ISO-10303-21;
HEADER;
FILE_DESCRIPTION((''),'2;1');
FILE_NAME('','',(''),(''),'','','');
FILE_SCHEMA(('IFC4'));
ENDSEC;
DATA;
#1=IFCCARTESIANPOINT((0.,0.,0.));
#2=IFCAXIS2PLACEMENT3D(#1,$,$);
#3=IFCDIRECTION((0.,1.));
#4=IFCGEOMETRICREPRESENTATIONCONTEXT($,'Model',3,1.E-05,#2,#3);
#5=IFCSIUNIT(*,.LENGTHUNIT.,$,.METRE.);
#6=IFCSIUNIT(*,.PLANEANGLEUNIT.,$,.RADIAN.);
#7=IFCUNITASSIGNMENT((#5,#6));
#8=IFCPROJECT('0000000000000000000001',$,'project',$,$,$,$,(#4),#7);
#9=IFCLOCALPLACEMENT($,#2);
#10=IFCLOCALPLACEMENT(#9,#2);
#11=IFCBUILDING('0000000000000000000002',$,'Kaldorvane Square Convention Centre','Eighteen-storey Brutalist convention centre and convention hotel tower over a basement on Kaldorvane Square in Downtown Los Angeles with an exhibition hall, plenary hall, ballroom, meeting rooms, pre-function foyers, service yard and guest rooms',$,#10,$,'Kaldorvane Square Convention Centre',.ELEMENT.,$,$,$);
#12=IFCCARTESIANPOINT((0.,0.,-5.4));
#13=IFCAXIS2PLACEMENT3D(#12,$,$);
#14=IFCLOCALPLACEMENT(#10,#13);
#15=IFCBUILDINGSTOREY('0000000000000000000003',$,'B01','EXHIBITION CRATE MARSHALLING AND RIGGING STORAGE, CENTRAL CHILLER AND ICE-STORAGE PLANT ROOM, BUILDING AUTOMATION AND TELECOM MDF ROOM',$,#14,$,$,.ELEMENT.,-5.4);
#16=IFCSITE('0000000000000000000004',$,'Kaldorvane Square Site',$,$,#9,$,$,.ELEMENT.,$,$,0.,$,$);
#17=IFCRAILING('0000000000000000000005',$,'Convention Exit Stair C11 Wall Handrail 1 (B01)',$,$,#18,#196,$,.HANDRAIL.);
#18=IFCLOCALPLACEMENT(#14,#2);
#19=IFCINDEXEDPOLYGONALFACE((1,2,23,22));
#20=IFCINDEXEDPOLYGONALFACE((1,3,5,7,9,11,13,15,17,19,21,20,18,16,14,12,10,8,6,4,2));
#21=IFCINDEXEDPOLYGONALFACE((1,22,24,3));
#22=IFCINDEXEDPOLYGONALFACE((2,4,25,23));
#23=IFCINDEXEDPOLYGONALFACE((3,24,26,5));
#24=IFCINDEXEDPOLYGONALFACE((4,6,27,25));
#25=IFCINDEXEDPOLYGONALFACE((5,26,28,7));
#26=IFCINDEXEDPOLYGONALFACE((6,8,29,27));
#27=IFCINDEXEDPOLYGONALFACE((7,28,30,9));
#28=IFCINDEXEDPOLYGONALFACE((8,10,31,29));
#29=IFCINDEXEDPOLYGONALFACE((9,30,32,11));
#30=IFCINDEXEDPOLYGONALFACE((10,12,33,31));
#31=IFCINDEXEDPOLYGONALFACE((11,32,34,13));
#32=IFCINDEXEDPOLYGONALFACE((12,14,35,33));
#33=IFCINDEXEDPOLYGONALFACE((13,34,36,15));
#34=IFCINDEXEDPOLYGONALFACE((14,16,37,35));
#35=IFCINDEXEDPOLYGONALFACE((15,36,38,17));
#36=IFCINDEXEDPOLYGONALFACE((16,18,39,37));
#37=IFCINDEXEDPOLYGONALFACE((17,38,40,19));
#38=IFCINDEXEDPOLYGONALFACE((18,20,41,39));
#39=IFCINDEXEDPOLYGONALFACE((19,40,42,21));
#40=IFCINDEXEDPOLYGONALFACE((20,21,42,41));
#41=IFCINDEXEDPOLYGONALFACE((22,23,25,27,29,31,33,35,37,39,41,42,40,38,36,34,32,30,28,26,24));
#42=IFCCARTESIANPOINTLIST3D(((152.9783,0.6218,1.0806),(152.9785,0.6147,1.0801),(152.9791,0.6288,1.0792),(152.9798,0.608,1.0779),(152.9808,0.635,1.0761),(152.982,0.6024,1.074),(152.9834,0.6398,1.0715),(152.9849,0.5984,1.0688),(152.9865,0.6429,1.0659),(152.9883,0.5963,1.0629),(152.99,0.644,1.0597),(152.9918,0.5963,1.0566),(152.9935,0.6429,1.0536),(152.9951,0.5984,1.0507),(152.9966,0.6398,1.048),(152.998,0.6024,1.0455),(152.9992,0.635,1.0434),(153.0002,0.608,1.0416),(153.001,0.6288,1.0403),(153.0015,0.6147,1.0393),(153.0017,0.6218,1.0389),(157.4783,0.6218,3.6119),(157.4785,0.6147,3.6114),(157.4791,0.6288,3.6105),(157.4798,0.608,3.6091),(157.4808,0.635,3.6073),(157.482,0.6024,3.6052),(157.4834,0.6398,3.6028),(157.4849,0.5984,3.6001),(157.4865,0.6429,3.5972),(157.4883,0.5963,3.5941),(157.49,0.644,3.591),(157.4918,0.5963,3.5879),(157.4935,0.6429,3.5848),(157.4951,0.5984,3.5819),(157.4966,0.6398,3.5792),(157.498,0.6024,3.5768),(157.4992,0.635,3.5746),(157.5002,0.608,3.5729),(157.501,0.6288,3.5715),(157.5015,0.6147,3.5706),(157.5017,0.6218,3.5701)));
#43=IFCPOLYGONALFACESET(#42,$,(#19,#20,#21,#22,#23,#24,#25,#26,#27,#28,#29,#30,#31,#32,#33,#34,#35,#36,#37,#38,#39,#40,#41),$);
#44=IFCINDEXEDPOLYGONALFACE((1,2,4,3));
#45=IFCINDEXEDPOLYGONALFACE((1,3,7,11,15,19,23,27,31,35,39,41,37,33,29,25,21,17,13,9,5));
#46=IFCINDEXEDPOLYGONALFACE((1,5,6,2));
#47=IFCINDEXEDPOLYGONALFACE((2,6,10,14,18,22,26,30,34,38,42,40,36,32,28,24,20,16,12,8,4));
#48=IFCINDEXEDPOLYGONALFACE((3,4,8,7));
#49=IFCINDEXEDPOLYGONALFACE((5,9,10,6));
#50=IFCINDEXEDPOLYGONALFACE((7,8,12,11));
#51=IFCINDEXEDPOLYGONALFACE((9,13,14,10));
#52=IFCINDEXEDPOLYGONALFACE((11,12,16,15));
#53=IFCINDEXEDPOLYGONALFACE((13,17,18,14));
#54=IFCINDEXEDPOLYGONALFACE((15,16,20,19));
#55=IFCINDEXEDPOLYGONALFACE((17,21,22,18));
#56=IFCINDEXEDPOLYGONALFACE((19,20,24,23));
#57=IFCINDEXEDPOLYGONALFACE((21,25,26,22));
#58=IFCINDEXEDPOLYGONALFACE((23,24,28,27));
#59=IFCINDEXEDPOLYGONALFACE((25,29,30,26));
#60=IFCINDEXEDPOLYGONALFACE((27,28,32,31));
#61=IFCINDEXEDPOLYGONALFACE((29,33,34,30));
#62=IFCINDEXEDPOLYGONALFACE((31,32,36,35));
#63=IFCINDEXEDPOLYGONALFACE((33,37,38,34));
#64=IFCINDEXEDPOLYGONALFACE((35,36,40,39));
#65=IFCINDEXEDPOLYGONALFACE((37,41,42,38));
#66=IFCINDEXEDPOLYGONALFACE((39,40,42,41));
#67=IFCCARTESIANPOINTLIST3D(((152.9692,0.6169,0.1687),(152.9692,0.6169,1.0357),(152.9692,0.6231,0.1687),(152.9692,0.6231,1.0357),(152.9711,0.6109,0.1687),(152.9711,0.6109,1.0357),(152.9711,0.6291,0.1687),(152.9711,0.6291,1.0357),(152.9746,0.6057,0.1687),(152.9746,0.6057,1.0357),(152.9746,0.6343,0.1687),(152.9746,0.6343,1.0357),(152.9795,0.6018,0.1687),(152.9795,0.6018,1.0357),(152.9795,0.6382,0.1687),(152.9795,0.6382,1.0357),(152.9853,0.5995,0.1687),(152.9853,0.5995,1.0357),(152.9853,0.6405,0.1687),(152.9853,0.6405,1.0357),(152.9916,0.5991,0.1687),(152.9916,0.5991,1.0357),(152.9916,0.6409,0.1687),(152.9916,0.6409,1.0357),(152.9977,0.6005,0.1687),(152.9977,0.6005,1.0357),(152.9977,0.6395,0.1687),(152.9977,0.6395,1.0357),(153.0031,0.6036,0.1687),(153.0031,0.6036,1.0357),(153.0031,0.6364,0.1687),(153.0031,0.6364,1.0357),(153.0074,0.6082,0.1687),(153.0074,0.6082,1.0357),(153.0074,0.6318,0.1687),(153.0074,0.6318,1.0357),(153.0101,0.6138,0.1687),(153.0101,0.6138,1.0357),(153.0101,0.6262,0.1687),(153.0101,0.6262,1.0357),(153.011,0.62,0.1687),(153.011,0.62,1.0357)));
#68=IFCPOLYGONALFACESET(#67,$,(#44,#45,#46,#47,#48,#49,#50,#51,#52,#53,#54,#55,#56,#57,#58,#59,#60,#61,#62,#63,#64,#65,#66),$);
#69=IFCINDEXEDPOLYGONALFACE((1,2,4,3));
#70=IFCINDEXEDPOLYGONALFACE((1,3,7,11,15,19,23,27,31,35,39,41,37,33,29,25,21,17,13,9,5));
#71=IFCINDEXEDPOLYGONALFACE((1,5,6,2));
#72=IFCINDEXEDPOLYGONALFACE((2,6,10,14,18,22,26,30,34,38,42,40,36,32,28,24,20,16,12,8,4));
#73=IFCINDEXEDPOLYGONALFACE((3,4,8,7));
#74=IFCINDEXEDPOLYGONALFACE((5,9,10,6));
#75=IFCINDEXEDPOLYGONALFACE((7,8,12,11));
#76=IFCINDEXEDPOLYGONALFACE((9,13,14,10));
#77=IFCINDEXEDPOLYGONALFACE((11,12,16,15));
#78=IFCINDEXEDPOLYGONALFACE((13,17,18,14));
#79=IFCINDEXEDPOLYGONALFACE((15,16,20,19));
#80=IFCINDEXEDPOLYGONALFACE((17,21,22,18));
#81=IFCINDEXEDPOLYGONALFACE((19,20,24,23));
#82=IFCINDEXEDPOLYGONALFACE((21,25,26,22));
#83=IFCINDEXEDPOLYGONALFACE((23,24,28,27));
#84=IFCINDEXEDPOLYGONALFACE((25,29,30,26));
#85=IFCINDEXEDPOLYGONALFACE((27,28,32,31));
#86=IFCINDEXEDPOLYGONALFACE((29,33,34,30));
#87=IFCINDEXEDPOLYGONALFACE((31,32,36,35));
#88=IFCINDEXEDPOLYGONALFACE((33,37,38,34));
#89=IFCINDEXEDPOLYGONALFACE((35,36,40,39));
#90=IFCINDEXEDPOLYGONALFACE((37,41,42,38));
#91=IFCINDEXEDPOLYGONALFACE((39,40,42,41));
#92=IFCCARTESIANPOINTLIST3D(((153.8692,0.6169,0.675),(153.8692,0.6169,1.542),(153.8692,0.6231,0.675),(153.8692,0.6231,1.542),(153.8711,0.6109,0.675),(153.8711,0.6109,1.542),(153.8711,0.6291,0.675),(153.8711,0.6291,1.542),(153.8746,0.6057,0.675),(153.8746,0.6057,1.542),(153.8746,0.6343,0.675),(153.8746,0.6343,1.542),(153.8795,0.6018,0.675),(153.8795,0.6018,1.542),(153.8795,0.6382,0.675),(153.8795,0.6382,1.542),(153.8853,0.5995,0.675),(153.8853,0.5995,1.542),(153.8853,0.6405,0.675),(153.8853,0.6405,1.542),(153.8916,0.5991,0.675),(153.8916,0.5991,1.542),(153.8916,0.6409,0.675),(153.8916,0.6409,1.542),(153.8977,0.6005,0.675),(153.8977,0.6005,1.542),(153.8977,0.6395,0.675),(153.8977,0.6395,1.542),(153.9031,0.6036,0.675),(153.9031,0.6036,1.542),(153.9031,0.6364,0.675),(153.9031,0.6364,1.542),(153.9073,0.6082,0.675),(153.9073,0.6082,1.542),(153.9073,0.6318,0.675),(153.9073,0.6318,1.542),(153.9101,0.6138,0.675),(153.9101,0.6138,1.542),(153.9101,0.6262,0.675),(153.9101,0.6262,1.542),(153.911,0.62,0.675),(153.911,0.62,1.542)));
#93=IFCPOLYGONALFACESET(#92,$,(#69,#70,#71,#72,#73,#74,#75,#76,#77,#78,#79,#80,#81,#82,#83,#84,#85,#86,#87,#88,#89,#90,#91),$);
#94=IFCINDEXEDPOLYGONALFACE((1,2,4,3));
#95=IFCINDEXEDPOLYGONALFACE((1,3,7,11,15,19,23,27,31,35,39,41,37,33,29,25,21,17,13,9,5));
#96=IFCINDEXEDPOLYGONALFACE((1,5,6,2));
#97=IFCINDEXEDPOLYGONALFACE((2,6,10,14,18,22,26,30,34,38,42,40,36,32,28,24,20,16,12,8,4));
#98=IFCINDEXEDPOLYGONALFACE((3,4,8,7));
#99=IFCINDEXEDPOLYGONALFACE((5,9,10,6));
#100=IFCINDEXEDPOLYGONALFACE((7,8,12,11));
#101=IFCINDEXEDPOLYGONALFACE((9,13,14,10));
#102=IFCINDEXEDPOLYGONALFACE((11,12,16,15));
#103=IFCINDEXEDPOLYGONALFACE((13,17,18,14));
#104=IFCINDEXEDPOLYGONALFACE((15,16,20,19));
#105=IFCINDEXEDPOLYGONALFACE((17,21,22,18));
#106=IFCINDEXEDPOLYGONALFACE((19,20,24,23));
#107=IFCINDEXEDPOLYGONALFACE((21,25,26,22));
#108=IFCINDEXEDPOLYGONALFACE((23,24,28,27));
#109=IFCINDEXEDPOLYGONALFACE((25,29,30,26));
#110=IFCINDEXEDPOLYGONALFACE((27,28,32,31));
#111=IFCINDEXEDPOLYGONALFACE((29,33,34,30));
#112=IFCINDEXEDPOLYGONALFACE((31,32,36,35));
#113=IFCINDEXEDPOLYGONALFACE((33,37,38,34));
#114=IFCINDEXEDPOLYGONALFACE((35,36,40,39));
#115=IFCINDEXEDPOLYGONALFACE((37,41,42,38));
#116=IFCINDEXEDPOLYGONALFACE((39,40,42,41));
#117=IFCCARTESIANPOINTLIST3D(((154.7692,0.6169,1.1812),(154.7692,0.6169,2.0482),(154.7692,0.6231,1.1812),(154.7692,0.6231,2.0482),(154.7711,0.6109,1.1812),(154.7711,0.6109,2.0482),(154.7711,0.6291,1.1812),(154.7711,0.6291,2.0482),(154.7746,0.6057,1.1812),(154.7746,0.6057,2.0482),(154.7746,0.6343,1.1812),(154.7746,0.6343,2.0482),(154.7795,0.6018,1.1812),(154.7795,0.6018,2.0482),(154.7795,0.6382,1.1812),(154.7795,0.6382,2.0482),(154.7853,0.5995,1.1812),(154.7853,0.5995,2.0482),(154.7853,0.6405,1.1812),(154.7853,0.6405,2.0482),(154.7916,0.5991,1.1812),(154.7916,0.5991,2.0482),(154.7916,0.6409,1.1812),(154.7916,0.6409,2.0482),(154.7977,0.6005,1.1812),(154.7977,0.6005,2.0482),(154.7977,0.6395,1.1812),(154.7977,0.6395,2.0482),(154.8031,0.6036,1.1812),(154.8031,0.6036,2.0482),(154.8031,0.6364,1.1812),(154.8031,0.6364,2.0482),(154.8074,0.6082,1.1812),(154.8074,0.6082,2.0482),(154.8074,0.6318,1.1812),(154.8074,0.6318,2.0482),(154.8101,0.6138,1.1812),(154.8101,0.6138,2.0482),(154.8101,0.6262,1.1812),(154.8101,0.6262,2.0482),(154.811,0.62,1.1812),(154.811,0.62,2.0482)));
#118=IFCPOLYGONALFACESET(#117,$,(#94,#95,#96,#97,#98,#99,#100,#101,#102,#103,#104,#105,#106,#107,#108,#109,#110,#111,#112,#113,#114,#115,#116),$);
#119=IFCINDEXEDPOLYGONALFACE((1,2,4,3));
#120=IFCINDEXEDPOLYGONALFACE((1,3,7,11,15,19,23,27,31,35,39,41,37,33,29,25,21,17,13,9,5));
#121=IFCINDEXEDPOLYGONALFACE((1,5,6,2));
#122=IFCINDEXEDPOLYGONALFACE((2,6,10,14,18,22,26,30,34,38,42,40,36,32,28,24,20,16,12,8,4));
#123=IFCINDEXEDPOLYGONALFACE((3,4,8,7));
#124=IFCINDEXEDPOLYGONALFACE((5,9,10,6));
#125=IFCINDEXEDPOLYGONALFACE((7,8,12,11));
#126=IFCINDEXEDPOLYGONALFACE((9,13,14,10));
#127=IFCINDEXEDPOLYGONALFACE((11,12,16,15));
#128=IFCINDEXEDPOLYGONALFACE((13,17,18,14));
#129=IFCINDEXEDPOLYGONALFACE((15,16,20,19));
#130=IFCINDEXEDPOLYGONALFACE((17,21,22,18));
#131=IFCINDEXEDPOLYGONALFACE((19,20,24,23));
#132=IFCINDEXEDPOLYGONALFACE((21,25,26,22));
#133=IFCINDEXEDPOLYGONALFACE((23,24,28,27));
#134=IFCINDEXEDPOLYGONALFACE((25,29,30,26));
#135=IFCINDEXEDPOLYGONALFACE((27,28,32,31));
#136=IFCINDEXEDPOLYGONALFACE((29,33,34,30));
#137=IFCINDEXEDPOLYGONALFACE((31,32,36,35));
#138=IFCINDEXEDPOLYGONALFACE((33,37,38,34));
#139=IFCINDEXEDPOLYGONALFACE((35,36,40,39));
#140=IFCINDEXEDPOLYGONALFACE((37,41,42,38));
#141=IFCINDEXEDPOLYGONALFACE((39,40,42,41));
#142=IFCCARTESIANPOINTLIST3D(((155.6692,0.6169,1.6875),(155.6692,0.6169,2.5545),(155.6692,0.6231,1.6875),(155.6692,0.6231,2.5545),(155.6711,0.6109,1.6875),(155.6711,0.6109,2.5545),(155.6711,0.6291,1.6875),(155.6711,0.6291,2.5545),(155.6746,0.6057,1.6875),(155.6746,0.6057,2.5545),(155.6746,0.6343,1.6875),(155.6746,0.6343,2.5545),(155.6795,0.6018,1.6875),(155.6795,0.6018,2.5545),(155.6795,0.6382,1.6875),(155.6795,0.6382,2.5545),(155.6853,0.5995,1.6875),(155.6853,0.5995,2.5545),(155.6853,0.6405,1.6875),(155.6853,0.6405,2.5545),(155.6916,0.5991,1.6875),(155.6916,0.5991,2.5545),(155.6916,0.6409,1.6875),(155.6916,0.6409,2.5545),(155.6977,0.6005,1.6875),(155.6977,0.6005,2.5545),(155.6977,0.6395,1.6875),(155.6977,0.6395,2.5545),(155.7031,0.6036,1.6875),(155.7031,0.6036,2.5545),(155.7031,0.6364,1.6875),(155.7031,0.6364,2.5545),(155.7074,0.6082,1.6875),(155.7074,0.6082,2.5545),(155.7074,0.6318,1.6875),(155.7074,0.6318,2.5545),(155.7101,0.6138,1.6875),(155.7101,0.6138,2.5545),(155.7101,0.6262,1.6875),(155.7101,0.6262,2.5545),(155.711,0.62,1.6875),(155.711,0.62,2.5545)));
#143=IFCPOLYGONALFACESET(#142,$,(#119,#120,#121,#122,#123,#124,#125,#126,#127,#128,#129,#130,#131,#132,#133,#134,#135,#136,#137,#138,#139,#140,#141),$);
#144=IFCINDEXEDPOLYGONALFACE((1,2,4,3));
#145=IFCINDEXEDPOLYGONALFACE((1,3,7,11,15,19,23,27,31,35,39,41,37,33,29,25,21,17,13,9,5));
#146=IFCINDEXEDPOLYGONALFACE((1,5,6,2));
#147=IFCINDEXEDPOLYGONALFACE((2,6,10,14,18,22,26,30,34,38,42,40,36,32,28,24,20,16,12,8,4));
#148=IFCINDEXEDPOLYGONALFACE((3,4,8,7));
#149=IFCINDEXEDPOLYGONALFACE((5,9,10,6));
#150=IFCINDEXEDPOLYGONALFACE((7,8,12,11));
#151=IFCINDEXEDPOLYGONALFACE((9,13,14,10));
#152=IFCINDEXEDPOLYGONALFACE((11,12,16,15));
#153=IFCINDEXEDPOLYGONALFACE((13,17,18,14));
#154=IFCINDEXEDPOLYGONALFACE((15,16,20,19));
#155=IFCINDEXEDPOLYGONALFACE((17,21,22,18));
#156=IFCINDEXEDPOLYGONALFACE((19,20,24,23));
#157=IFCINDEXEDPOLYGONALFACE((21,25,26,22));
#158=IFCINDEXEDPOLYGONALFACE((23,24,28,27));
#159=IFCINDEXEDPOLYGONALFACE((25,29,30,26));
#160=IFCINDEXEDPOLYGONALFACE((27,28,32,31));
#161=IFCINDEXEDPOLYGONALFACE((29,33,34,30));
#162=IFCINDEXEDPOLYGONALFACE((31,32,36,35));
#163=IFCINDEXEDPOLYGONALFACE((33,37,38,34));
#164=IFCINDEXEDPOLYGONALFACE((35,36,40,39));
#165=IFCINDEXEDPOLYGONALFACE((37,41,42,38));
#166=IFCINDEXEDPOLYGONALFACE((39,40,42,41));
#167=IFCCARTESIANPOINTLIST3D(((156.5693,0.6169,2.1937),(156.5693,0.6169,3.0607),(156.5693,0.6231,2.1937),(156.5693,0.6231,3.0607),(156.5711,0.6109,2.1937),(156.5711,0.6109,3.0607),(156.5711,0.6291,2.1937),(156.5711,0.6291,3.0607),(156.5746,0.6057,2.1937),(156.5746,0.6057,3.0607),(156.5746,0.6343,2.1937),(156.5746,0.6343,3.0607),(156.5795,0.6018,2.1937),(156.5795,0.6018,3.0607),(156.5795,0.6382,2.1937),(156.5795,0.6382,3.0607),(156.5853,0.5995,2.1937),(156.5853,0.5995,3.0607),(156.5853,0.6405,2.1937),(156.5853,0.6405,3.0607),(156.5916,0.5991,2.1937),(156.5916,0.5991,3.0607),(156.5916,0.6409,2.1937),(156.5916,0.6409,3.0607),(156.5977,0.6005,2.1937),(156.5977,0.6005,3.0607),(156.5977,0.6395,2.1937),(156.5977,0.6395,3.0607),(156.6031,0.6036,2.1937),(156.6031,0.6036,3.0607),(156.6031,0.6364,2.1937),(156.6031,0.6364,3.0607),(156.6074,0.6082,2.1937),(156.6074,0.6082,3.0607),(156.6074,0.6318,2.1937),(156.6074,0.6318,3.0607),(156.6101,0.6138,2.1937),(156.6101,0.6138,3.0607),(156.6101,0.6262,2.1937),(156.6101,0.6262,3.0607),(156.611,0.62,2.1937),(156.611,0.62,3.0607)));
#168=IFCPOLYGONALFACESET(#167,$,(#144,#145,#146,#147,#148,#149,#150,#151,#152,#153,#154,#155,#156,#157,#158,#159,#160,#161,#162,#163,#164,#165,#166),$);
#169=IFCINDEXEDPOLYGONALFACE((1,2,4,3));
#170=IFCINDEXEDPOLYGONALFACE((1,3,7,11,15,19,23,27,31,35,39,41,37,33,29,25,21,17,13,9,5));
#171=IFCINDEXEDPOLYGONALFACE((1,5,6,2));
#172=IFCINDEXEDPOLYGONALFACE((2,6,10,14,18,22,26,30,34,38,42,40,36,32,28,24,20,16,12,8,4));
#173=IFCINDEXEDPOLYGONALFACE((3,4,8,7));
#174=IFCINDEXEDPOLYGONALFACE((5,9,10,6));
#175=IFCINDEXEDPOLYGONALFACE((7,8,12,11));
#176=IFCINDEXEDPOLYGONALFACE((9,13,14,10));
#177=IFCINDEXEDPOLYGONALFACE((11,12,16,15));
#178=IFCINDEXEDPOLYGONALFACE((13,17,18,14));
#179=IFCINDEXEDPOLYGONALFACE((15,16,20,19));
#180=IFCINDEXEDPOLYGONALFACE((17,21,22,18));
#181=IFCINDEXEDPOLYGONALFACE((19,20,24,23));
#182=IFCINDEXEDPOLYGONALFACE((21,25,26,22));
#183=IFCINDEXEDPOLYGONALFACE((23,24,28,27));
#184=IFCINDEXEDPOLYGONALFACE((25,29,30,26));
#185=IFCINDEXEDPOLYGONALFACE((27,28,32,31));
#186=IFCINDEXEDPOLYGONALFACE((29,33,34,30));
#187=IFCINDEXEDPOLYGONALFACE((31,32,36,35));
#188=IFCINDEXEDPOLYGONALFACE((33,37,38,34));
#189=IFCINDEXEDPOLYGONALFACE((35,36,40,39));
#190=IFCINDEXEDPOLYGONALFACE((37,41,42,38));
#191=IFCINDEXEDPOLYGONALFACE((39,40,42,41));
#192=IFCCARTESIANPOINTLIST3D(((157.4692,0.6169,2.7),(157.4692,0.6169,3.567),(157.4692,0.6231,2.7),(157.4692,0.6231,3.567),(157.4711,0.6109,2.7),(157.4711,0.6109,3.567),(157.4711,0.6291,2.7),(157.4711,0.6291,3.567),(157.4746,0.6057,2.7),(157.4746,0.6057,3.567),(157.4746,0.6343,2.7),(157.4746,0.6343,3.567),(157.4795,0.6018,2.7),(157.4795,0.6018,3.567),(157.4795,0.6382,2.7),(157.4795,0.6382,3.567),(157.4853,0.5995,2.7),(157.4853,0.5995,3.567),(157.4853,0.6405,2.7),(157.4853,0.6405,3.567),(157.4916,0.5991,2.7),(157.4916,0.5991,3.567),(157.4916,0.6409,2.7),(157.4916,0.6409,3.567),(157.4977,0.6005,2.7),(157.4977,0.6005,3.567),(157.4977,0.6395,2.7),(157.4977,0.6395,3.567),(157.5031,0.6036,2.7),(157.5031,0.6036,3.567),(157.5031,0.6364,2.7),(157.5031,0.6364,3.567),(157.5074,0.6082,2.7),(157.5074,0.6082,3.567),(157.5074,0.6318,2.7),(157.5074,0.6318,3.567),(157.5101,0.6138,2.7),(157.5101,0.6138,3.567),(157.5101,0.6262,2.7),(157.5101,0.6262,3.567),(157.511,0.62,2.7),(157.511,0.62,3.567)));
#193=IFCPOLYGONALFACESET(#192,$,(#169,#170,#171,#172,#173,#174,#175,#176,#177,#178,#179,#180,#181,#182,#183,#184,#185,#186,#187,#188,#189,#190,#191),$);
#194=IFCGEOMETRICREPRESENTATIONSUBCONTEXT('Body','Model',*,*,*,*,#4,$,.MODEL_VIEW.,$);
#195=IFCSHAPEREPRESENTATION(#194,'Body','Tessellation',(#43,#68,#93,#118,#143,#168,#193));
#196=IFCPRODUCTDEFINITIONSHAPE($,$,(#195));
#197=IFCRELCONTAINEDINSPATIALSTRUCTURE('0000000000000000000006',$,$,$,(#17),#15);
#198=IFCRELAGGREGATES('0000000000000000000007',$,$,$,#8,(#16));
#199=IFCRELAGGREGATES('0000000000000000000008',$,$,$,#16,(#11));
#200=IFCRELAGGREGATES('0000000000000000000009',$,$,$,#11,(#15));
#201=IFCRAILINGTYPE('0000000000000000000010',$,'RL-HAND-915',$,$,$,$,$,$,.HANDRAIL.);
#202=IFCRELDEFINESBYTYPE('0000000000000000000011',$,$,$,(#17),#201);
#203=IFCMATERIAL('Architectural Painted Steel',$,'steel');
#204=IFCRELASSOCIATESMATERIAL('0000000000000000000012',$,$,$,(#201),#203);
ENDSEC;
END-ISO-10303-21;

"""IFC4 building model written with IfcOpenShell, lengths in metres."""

from ifc_helpers import new_model, si_unit, direction, frame, origin, origin_2d, place, context, subcontext, project, spatial, circle, extrude, material, type_object, element, save


model = new_model("IFC4")

# Units and contexts
model_context = context("Model", 3, precision=1e-05, world=origin(), true_north=direction((0.0, 1.0)))
body_context = subcontext(model_context, "Body", "Model", "MODEL_VIEW")
ifc_project = project(units=[si_unit("LENGTHUNIT", "METRE"), si_unit("PLANEANGLEUNIT", "RADIAN")], contexts=[model_context])

# Site, building, storey
site_placement = place(None, origin())
site = spatial("IfcSite", under=ifc_project, at=site_placement, Name="Kaldorvane Square Site", CompositionType="ELEMENT", RefElevation=0.0)
building_placement = place(site_placement, origin())
building = spatial("IfcBuilding", under=site, at=building_placement, Name="Kaldorvane Square Convention Centre", Description="Eighteen-storey Brutalist convention centre and convention hotel tower over a basement on Kaldorvane Square in Downtown Los Angeles with an exhibition hall, plenary hall, ballroom, meeting rooms, pre-function foyers, service yard and guest rooms", LongName="Kaldorvane Square Convention Centre", CompositionType="ELEMENT")
storey_placement = place(building_placement, frame((0.0, 0.0, -5.4)))
storey = spatial("IfcBuildingStorey", under=building, at=storey_placement, Name="B01", Description="EXHIBITION CRATE MARSHALLING AND RIGGING STORAGE, CENTRAL CHILLER AND ICE-STORAGE PLANT ROOM, BUILDING AUTOMATION AND TELECOM MDF ROOM", CompositionType="ELEMENT", Elevation=-5.4)

# Railing
ifc_material_1 = material(Name="Architectural Painted Steel", Category="steel")
railing_type_1 = type_object("IfcRailingType", Name="RL-HAND-915", PredefinedType="HANDRAIL", material=ifc_material_1)
railing_1_placement = place(storey_placement, frame((152.99, 0.62, 0.1687)))
element("IfcRailing", 1, at=railing_1_placement, inside=storey, type_object=railing_type_1, Name="Convention Exit Stair C11 Wall Handrail 1 (B01)", PredefinedType="HANDRAIL", context=body_context, shape_type="SweptSolid", body=[
    extrude(circle(Radius=0.024, at=origin_2d()), frame((0.0, 0.0, 0.891), z_axis=(0.871576, 0.0, 0.490261), x_axis=(0.0, 1.0, 0.0)), (0.0, 0.0, 1.0), 5.1631),
    extrude(circle(Radius=0.021, at=origin_2d()), origin(), (0.0, 0.0, 1.0), 0.867),
    extrude(circle(Radius=0.021, at=origin_2d()), frame((0.9, 0.0, 0.5063)), (0.0, 0.0, 1.0), 0.867),
    extrude(circle(Radius=0.021, at=origin_2d()), frame((1.8, 0.0, 1.0125)), (0.0, 0.0, 1.0), 0.867),
    extrude(circle(Radius=0.021, at=origin_2d()), frame((2.7, 0.0, 1.5188)), (0.0, 0.0, 1.0), 0.867),
    extrude(circle(Radius=0.021, at=origin_2d()), frame((3.6, 0.0, 2.025)), (0.0, 0.0, 1.0), 0.867),
    extrude(circle(Radius=0.021, at=origin_2d()), frame((4.5, 0.0, 2.5312)), (0.0, 0.0, 1.0), 0.867),
])

save(model, "model.ifc")
